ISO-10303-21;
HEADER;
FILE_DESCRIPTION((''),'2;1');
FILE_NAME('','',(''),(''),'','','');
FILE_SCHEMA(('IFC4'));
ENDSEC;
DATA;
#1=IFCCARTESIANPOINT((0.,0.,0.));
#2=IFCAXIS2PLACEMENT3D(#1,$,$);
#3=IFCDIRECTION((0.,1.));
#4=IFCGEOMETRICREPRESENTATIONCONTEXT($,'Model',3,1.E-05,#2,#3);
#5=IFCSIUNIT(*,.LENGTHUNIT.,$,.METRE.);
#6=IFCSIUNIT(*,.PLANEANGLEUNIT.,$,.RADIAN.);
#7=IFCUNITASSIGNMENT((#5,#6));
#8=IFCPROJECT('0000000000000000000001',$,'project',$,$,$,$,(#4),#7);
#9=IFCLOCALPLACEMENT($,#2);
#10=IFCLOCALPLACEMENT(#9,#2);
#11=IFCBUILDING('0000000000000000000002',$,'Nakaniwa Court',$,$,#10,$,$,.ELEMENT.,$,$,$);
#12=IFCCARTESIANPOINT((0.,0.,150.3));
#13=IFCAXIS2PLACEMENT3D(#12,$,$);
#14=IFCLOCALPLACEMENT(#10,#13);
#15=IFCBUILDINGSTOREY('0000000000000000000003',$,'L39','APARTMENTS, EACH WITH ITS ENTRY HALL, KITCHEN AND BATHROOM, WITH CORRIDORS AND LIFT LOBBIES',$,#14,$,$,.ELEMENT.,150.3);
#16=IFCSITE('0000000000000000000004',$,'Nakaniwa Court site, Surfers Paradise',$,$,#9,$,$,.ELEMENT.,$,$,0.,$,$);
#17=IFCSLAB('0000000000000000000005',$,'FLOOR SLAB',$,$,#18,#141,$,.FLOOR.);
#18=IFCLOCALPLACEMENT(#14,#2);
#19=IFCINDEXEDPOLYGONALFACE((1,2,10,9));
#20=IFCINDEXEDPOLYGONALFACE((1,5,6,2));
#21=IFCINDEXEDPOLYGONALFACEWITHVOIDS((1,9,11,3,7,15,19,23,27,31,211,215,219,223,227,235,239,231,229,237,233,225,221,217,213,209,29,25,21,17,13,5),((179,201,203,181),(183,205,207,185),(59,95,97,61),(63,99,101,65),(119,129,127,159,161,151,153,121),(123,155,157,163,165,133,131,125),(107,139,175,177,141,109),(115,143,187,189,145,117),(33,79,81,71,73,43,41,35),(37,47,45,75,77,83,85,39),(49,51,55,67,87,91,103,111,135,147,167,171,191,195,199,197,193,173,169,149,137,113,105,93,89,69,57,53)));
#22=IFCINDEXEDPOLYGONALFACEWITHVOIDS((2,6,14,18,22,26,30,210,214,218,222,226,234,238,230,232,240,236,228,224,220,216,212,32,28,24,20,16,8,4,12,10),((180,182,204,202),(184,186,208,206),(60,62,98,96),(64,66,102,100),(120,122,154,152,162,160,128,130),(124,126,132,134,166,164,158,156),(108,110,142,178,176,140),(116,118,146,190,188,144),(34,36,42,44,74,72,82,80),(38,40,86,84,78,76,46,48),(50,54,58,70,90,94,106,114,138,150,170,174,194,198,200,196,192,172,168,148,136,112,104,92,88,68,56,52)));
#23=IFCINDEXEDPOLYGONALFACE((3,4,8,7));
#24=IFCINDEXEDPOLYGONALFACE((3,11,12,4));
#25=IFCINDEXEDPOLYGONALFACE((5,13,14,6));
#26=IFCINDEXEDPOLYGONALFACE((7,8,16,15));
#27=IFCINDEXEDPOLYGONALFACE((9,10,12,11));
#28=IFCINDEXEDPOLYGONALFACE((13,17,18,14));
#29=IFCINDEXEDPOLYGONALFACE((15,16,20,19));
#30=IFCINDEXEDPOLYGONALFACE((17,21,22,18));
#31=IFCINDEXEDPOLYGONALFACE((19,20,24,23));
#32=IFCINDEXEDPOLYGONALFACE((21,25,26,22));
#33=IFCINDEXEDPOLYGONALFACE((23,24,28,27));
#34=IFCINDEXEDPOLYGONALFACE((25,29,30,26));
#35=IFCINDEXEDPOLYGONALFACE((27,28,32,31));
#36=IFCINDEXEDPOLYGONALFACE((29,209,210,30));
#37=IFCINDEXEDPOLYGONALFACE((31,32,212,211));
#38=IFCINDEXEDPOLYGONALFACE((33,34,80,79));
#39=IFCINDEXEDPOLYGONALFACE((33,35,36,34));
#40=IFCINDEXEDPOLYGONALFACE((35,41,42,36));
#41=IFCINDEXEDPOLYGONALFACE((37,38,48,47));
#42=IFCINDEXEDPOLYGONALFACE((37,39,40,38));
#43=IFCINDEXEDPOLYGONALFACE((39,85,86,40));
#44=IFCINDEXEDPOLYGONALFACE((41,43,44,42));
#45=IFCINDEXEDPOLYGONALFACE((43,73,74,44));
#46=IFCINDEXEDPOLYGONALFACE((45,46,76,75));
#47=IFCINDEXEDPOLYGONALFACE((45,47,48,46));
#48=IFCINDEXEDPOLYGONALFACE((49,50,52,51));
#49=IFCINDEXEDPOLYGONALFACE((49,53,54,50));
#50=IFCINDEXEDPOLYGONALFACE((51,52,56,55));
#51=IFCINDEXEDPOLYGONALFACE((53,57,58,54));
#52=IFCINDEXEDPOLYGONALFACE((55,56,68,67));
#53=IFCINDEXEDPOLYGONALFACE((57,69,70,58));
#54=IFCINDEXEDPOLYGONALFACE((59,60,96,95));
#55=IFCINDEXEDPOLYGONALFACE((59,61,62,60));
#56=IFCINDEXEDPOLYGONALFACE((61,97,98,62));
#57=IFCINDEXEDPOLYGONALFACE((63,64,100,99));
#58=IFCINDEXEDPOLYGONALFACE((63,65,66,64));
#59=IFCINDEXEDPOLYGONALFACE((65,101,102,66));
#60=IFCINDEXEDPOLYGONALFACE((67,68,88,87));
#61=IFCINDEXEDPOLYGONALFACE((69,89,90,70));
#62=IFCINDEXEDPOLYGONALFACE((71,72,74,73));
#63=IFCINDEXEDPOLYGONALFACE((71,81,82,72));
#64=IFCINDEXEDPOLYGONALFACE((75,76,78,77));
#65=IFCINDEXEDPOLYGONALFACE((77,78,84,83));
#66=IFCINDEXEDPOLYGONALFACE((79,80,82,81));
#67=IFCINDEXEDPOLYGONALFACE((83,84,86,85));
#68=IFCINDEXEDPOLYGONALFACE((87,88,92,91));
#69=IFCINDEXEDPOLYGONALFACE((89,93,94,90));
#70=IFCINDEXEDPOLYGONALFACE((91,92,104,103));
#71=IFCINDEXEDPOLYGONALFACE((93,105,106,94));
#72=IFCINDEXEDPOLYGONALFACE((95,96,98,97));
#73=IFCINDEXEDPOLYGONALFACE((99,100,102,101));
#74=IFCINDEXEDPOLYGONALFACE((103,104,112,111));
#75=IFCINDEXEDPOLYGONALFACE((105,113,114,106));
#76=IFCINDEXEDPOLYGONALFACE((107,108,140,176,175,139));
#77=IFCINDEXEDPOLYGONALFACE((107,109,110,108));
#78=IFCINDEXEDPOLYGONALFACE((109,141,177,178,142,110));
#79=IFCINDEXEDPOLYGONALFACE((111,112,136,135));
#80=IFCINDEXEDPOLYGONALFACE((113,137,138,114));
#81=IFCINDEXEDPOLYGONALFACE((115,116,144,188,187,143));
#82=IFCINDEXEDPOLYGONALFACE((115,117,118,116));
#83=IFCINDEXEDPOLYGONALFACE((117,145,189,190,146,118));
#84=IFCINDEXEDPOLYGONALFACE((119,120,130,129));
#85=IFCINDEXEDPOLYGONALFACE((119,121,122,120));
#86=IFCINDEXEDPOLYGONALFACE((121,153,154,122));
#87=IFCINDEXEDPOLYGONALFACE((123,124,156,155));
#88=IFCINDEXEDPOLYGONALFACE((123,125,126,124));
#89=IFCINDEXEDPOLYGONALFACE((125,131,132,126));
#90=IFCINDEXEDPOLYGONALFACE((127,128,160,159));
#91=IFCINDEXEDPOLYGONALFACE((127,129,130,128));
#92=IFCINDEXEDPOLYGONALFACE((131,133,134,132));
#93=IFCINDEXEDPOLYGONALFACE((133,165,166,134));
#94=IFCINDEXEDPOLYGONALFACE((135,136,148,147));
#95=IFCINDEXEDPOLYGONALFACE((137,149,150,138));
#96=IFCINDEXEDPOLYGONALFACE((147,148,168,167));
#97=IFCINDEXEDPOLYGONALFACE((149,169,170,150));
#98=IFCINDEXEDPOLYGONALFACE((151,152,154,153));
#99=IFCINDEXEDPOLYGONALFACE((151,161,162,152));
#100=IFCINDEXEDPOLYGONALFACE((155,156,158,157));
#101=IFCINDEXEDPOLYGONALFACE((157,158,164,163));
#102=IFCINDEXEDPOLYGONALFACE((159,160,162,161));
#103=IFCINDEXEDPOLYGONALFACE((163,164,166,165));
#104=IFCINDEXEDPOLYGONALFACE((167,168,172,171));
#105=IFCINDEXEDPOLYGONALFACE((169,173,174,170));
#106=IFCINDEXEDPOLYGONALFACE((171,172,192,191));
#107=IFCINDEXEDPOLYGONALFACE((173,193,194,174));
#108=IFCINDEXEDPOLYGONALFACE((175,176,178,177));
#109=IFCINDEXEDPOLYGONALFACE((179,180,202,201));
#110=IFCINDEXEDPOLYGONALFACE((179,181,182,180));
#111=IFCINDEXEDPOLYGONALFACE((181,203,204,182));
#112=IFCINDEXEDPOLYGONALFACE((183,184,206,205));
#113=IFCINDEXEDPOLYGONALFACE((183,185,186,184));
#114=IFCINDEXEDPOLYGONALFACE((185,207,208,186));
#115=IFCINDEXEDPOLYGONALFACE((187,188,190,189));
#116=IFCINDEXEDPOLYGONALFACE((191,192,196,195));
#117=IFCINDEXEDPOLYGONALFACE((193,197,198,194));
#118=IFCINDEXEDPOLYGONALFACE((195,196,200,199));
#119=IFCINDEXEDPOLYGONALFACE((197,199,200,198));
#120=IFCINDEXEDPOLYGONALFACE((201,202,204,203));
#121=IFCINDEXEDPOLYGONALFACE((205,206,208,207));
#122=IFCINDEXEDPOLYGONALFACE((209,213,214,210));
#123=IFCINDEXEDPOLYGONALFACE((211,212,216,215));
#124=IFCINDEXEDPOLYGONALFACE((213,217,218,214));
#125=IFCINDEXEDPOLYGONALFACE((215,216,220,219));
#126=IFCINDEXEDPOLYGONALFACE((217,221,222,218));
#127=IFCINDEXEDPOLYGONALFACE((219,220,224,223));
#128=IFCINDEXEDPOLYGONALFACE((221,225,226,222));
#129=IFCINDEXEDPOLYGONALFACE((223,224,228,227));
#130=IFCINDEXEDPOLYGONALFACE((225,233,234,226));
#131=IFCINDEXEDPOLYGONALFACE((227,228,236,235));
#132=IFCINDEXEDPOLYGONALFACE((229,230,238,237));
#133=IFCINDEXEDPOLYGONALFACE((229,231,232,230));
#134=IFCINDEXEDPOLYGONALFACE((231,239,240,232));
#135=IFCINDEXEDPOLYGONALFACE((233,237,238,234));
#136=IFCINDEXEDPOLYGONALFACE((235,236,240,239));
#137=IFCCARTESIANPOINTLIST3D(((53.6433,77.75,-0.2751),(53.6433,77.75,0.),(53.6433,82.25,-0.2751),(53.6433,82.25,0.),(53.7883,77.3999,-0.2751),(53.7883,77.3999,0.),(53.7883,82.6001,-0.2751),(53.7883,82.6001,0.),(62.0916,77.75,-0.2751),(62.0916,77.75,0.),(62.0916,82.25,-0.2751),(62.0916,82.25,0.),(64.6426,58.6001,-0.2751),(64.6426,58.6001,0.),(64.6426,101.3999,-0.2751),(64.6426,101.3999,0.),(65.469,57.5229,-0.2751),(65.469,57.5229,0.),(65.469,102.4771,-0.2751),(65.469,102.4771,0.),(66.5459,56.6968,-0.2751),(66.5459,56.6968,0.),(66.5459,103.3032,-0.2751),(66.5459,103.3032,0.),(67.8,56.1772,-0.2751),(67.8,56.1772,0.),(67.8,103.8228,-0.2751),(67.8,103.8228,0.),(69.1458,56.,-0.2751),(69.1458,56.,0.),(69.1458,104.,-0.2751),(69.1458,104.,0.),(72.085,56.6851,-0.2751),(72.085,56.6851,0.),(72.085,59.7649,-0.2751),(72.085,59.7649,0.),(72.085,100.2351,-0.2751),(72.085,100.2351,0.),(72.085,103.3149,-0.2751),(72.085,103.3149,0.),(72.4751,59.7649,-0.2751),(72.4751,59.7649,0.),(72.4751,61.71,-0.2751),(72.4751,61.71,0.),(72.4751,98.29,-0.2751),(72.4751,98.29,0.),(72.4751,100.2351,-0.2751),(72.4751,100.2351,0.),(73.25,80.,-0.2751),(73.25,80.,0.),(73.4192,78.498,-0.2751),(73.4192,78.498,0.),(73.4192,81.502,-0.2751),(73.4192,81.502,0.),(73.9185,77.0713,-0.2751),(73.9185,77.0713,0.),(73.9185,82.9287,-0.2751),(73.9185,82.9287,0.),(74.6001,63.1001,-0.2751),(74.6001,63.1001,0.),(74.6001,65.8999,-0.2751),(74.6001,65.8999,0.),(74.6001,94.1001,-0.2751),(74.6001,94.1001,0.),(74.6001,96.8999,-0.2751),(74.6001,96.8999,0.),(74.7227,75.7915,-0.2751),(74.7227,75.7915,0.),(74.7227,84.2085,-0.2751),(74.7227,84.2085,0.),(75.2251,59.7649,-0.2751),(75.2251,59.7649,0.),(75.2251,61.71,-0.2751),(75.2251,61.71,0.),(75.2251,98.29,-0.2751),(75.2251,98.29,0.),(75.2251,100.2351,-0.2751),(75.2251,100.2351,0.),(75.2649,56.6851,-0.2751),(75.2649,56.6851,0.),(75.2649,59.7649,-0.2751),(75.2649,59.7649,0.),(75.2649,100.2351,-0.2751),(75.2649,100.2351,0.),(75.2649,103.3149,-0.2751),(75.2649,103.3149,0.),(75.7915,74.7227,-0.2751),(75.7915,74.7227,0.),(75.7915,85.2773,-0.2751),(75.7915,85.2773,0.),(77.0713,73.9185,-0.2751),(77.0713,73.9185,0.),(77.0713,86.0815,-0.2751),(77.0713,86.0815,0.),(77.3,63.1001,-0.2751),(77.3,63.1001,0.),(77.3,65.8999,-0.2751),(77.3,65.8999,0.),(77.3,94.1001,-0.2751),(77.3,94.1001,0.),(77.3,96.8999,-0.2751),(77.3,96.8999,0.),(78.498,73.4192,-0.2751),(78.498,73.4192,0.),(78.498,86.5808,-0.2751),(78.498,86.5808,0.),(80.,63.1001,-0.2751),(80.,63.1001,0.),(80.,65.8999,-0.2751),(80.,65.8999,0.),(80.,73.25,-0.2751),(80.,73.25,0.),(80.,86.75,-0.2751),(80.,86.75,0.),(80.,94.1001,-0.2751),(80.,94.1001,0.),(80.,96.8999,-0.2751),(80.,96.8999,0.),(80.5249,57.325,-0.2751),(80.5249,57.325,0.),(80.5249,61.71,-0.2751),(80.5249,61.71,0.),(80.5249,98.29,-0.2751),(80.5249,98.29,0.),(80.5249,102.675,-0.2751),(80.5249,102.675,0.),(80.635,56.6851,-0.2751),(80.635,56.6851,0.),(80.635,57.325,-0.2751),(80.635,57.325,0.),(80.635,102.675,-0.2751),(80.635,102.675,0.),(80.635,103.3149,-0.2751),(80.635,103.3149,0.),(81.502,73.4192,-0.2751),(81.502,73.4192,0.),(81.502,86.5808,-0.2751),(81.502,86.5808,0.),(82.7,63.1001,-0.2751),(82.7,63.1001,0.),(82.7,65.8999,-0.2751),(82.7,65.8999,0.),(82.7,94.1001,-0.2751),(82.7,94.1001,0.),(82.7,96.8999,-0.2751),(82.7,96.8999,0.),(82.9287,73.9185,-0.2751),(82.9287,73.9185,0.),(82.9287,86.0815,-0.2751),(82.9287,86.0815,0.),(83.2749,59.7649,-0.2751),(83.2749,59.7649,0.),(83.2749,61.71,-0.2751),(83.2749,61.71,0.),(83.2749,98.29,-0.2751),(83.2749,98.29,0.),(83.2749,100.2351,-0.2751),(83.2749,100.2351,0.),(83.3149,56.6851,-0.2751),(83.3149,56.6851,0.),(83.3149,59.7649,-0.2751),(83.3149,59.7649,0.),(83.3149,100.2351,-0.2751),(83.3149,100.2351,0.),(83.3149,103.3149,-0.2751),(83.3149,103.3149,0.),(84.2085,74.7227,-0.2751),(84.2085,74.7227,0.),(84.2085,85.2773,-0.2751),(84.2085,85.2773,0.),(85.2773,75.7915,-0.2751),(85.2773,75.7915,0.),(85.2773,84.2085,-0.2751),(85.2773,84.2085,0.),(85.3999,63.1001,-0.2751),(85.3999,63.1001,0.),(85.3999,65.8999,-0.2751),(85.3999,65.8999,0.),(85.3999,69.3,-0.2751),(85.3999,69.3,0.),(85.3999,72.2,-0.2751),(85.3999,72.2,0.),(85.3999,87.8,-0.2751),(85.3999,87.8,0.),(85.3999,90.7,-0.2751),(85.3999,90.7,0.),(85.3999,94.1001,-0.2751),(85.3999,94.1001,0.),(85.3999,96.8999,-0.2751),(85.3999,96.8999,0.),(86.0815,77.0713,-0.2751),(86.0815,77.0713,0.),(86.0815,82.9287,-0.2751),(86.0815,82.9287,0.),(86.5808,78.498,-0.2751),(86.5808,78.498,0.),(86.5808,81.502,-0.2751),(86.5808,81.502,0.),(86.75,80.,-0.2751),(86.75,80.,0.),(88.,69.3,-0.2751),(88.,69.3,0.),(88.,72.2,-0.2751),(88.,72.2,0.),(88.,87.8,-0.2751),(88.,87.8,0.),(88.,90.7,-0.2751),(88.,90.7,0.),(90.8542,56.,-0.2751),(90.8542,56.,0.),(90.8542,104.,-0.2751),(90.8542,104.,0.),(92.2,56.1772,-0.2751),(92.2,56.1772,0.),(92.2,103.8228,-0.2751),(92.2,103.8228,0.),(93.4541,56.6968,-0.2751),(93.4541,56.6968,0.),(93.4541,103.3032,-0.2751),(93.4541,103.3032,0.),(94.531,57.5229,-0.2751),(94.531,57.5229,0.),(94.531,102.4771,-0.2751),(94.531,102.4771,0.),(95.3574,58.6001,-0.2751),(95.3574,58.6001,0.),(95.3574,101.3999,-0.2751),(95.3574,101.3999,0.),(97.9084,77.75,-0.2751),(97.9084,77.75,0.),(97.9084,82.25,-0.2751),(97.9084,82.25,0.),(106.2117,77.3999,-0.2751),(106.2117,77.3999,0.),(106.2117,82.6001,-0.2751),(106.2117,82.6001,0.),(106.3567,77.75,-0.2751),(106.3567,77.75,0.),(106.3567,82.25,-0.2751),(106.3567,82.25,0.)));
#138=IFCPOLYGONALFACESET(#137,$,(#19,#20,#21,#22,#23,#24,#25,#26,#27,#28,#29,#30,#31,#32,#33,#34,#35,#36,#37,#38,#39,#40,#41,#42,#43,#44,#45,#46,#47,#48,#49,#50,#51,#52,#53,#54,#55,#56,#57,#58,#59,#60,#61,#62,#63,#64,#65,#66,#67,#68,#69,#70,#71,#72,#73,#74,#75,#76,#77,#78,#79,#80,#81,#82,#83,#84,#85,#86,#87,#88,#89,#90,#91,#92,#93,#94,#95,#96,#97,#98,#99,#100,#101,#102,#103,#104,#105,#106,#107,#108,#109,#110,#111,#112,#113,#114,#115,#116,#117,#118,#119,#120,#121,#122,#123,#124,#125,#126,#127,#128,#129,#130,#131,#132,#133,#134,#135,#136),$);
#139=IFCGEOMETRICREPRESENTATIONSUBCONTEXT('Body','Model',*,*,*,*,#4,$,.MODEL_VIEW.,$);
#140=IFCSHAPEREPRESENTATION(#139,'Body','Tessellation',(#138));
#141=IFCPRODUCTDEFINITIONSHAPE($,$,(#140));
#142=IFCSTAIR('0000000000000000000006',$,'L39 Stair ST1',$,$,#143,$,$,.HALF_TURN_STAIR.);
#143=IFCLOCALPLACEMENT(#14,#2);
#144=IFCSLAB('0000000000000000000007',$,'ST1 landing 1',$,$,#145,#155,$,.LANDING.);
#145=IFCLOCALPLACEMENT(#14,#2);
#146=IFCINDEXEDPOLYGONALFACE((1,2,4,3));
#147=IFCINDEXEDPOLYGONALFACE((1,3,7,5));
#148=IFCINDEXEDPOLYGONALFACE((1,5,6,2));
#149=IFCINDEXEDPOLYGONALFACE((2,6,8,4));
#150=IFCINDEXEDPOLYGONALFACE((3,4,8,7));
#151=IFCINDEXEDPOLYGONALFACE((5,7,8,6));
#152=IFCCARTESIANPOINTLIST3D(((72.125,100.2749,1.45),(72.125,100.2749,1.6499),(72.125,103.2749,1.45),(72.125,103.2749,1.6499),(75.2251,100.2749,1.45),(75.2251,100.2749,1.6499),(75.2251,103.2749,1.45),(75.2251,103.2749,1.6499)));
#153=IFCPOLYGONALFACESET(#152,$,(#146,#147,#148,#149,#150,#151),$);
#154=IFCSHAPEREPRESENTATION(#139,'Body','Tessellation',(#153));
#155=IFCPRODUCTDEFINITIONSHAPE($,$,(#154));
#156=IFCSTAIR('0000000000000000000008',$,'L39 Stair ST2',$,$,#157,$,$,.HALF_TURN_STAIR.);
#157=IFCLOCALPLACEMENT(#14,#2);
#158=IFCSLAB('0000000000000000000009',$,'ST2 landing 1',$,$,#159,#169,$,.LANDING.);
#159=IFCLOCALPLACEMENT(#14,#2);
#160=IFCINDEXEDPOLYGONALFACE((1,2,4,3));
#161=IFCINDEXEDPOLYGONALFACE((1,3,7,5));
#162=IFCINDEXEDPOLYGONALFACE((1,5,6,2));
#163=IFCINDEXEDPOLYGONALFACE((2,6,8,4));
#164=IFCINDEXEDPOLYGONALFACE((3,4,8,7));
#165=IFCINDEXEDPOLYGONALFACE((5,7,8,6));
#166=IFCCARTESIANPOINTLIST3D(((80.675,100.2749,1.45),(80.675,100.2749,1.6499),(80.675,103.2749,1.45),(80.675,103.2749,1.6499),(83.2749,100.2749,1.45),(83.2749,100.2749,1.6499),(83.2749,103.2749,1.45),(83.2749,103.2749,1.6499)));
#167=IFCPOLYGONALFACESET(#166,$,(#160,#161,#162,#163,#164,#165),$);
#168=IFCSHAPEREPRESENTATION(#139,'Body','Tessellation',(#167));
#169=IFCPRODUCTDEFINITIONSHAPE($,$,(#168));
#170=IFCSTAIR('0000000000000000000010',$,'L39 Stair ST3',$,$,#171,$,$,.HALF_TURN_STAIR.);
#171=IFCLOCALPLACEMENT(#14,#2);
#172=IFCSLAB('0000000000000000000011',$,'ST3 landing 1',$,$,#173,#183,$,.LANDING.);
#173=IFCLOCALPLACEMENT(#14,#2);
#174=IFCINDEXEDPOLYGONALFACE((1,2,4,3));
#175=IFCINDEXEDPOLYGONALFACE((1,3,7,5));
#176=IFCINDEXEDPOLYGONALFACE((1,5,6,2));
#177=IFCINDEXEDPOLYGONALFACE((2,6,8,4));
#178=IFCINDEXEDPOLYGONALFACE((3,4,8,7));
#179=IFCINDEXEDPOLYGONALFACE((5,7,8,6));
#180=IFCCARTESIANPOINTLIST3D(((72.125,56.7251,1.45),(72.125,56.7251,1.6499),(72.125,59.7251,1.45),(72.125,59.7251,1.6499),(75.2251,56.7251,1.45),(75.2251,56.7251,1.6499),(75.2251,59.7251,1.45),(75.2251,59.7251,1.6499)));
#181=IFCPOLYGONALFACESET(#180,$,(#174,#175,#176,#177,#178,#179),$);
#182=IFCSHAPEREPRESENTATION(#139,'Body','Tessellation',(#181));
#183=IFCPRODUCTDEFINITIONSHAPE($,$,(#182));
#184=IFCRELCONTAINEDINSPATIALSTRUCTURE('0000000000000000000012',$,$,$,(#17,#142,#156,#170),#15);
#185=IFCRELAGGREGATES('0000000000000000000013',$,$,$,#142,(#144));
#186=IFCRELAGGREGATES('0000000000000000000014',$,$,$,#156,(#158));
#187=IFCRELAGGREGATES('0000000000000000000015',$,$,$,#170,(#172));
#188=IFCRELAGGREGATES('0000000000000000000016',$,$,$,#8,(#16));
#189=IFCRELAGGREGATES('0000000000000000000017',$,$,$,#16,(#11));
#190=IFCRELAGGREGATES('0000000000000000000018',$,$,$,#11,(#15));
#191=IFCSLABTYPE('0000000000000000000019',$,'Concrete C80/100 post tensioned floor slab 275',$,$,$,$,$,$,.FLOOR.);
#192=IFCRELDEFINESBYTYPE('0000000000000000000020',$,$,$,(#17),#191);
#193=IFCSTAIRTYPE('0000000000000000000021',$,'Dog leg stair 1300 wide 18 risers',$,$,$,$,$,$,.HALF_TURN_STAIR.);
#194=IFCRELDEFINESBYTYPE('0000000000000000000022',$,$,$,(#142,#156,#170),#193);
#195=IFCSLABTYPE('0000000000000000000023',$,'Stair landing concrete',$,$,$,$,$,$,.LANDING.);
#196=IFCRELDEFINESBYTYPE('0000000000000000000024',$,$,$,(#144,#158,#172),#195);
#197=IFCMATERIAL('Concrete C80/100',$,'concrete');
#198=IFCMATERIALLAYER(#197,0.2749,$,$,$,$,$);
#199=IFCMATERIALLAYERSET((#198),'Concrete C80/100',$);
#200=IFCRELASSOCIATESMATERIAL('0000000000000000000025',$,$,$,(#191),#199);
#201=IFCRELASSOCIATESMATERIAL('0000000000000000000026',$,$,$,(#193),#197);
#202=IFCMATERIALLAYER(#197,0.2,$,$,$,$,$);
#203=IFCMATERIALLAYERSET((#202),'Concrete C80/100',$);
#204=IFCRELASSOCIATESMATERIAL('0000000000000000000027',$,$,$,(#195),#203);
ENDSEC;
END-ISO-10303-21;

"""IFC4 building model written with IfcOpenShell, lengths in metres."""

from ifc_helpers import new_model, si_unit, direction, frame, origin, place, context, subcontext, project, spatial, polyline, outline, extrude, material, layer, layer_set, type_object, element, aggregate, save


model = new_model("IFC4")

# Units and contexts
model_context = context("Model", 3, precision=1e-05, world=origin(), true_north=direction((0.0, 1.0)))
body_context = subcontext(model_context, "Body", "Model", "MODEL_VIEW")
ifc_project = project(units=[si_unit("LENGTHUNIT", "METRE"), si_unit("PLANEANGLEUNIT", "RADIAN")], contexts=[model_context])

# Site, building, storey
site_placement = place(None, origin())
site = spatial("IfcSite", under=ifc_project, at=site_placement, Name="Nakaniwa Court site, Surfers Paradise", CompositionType="ELEMENT", RefElevation=0.0)
building_placement = place(site_placement, origin())
building = spatial("IfcBuilding", under=site, at=building_placement, Name="Nakaniwa Court", CompositionType="ELEMENT")
storey_placement = place(building_placement, frame((0.0, 0.0, 150.3)))
storey = spatial("IfcBuildingStorey", under=building, at=storey_placement, Name="L39", Description="APARTMENTS, EACH WITH ITS ENTRY HALL, KITCHEN AND BATHROOM, WITH CORRIDORS AND LIFT LOBBIES", CompositionType="ELEMENT", Elevation=150.3)

# Shared definitions
ifc_material_1 = material(Name="Concrete C80/100", Category="concrete")

# Slab
ifc_layer_1 = layer(ifc_material_1, 0.2749)
ifc_layer_set_1 = layer_set([ifc_layer_1], Name="Concrete C80/100")
slab_type_1 = type_object("IfcSlabType", Name="Concrete C80/100 post tensioned floor slab 275", PredefinedType="FLOOR", material=ifc_layer_set_1)
slab_1_placement = place(storey_placement, frame((0.0, 0.0, -0.2751)))
element("IfcSlab", 1, at=slab_1_placement, inside=storey, type_object=slab_type_1, Name="FLOOR SLAB", PredefinedType="FLOOR", context=body_context, shape_type="SweptSolid", body=[
    extrude(outline(polyline([(97.9084, 82.25), (106.3567, 82.25), (106.2117, 82.6001), (95.3574, 101.3999), (94.531, 102.4771), (93.4541, 103.3032), (92.2, 103.8228), (90.8542, 104.0), (69.1458, 104.0), (67.8, 103.8228), (66.5459, 103.3032), (65.469, 102.4771), (64.6426, 101.3999), (53.7883, 82.6001), (53.6433, 82.25), (62.0916, 82.25), (62.0916, 77.75), (53.6433, 77.75), (53.7883, 77.3999), (64.6426, 58.6001), (65.469, 57.5229), (66.5459, 56.6968), (67.8, 56.1772), (69.1458, 56.0), (90.8542, 56.0), (92.2, 56.1772), (93.4541, 56.6968), (94.531, 57.5229), (95.3574, 58.6001), (106.2117, 77.3999), (106.3567, 77.75), (97.9084, 77.75), (97.9084, 82.25)]), holes=[polyline([(81.502, 86.5808), (80.0, 86.75), (78.498, 86.5808), (77.0713, 86.0815), (75.7915, 85.2773), (74.7227, 84.2085), (73.9185, 82.9287), (73.4192, 81.502), (73.25, 80.0), (73.4192, 78.498), (73.9185, 77.0713), (74.7227, 75.7915), (75.7915, 74.7227), (77.0713, 73.9185), (78.498, 73.4192), (80.0, 73.25), (81.502, 73.4192), (82.9287, 73.9185), (84.2085, 74.7227), (85.2773, 75.7915), (86.0815, 77.0713), (86.5808, 78.498), (86.75, 80.0), (86.5808, 81.502), (86.0815, 82.9287), (85.2773, 84.2085), (84.2085, 85.2773), (82.9287, 86.0815), (81.502, 86.5808)]), polyline([(72.4751, 61.71), (72.4751, 59.7649), (72.085, 59.7649), (72.085, 56.6851), (75.2649, 56.6851), (75.2649, 59.7649), (75.2251, 59.7649), (75.2251, 61.71), (72.4751, 61.71)]), polyline([(77.3, 65.8999), (74.6001, 65.8999), (74.6001, 63.1001), (77.3, 63.1001), (77.3, 65.8999)]), polyline([(80.0, 65.8999), (80.0, 63.1001), (82.7, 63.1001), (85.3999, 63.1001), (85.3999, 65.8999), (82.7, 65.8999), (80.0, 65.8999)]), polyline([(77.3, 96.8999), (74.6001, 96.8999), (74.6001, 94.1001), (77.3, 94.1001), (77.3, 96.8999)]), polyline([(80.0, 96.8999), (80.0, 94.1001), (82.7, 94.1001), (85.3999, 94.1001), (85.3999, 96.8999), (82.7, 96.8999), (80.0, 96.8999)]), polyline([(75.2649, 100.2351), (75.2649, 103.3149), (72.085, 103.3149), (72.085, 100.2351), (72.4751, 100.2351), (72.4751, 98.29), (75.2251, 98.29), (75.2251, 100.2351), (75.2649, 100.2351)]), polyline([(83.2749, 61.71), (80.5249, 61.71), (80.5249, 57.325), (80.635, 57.325), (80.635, 56.6851), (83.3149, 56.6851), (83.3149, 59.7649), (83.2749, 59.7649), (83.2749, 61.71)]), polyline([(88.0, 72.2), (85.3999, 72.2), (85.3999, 69.3), (88.0, 69.3), (88.0, 72.2)]), polyline([(88.0, 90.7), (85.3999, 90.7), (85.3999, 87.8), (88.0, 87.8), (88.0, 90.7)]), polyline([(83.3149, 100.2351), (83.3149, 103.3149), (80.635, 103.3149), (80.635, 102.675), (80.5249, 102.675), (80.5249, 98.29), (83.2749, 98.29), (83.2749, 100.2351), (83.3149, 100.2351)])]), origin(), (0.0, 0.0, 1.0), 0.2751),
])

# Stairs, slabs
stair_type = type_object("IfcStairType", Name="Dog leg stair 1300 wide 18 risers", PredefinedType="HALF_TURN_STAIR", material=ifc_material_1)
stair_1_placement = place(storey_placement, origin())
stair_1 = element("IfcStair", 2, at=stair_1_placement, inside=storey, type_object=stair_type, Name="L39 Stair ST1", PredefinedType="HALF_TURN_STAIR")
ifc_layer_2 = layer(ifc_material_1, 0.2)
ifc_layer_set_2 = layer_set([ifc_layer_2], Name="Concrete C80/100")
slab_type_2 = type_object("IfcSlabType", Name="Stair landing concrete", PredefinedType="LANDING", material=ifc_layer_set_2)
slab_2_placement = place(storey_placement, frame((0.0, 0.0, 1.45)))
slab_2 = element("IfcSlab", 3, at=slab_2_placement, type_object=slab_type_2, Name="ST1 landing 1", PredefinedType="LANDING", context=body_context, shape_type="SweptSolid", body=[
    extrude(outline(polyline([(75.2251, 100.2749), (75.2251, 103.2749), (72.125, 103.2749), (72.125, 100.2749), (75.2251, 100.2749)])), origin(), (0.0, 0.0, 1.0), 0.2),
])
aggregate(stair_1, [slab_2])
stair_2_placement = place(storey_placement, origin())
stair_2 = element("IfcStair", 4, at=stair_2_placement, inside=storey, type_object=stair_type, Name="L39 Stair ST2", PredefinedType="HALF_TURN_STAIR")
slab_3_placement = place(storey_placement, frame((0.0, 0.0, 1.45)))
slab_3 = element("IfcSlab", 5, at=slab_3_placement, type_object=slab_type_2, Name="ST2 landing 1", PredefinedType="LANDING", context=body_context, shape_type="SweptSolid", body=[
    extrude(outline(polyline([(83.2749, 100.2749), (83.2749, 103.2749), (80.675, 103.2749), (80.675, 100.2749), (83.2749, 100.2749)])), origin(), (0.0, 0.0, 1.0), 0.2),
])
aggregate(stair_2, [slab_3])
stair_3_placement = place(storey_placement, origin())
stair_3 = element("IfcStair", 6, at=stair_3_placement, inside=storey, type_object=stair_type, Name="L39 Stair ST3", PredefinedType="HALF_TURN_STAIR")
slab_4_placement = place(storey_placement, frame((0.0, 0.0, 1.45)))
slab_4 = element("IfcSlab", 7, at=slab_4_placement, type_object=slab_type_2, Name="ST3 landing 1", PredefinedType="LANDING", context=body_context, shape_type="SweptSolid", body=[
    extrude(outline(polyline([(75.2251, 56.7251), (75.2251, 59.7251), (72.125, 59.7251), (72.125, 56.7251), (75.2251, 56.7251)])), origin(), (0.0, 0.0, 1.0), 0.2),
])
aggregate(stair_3, [slab_4])

save(model, "model.ifc")
